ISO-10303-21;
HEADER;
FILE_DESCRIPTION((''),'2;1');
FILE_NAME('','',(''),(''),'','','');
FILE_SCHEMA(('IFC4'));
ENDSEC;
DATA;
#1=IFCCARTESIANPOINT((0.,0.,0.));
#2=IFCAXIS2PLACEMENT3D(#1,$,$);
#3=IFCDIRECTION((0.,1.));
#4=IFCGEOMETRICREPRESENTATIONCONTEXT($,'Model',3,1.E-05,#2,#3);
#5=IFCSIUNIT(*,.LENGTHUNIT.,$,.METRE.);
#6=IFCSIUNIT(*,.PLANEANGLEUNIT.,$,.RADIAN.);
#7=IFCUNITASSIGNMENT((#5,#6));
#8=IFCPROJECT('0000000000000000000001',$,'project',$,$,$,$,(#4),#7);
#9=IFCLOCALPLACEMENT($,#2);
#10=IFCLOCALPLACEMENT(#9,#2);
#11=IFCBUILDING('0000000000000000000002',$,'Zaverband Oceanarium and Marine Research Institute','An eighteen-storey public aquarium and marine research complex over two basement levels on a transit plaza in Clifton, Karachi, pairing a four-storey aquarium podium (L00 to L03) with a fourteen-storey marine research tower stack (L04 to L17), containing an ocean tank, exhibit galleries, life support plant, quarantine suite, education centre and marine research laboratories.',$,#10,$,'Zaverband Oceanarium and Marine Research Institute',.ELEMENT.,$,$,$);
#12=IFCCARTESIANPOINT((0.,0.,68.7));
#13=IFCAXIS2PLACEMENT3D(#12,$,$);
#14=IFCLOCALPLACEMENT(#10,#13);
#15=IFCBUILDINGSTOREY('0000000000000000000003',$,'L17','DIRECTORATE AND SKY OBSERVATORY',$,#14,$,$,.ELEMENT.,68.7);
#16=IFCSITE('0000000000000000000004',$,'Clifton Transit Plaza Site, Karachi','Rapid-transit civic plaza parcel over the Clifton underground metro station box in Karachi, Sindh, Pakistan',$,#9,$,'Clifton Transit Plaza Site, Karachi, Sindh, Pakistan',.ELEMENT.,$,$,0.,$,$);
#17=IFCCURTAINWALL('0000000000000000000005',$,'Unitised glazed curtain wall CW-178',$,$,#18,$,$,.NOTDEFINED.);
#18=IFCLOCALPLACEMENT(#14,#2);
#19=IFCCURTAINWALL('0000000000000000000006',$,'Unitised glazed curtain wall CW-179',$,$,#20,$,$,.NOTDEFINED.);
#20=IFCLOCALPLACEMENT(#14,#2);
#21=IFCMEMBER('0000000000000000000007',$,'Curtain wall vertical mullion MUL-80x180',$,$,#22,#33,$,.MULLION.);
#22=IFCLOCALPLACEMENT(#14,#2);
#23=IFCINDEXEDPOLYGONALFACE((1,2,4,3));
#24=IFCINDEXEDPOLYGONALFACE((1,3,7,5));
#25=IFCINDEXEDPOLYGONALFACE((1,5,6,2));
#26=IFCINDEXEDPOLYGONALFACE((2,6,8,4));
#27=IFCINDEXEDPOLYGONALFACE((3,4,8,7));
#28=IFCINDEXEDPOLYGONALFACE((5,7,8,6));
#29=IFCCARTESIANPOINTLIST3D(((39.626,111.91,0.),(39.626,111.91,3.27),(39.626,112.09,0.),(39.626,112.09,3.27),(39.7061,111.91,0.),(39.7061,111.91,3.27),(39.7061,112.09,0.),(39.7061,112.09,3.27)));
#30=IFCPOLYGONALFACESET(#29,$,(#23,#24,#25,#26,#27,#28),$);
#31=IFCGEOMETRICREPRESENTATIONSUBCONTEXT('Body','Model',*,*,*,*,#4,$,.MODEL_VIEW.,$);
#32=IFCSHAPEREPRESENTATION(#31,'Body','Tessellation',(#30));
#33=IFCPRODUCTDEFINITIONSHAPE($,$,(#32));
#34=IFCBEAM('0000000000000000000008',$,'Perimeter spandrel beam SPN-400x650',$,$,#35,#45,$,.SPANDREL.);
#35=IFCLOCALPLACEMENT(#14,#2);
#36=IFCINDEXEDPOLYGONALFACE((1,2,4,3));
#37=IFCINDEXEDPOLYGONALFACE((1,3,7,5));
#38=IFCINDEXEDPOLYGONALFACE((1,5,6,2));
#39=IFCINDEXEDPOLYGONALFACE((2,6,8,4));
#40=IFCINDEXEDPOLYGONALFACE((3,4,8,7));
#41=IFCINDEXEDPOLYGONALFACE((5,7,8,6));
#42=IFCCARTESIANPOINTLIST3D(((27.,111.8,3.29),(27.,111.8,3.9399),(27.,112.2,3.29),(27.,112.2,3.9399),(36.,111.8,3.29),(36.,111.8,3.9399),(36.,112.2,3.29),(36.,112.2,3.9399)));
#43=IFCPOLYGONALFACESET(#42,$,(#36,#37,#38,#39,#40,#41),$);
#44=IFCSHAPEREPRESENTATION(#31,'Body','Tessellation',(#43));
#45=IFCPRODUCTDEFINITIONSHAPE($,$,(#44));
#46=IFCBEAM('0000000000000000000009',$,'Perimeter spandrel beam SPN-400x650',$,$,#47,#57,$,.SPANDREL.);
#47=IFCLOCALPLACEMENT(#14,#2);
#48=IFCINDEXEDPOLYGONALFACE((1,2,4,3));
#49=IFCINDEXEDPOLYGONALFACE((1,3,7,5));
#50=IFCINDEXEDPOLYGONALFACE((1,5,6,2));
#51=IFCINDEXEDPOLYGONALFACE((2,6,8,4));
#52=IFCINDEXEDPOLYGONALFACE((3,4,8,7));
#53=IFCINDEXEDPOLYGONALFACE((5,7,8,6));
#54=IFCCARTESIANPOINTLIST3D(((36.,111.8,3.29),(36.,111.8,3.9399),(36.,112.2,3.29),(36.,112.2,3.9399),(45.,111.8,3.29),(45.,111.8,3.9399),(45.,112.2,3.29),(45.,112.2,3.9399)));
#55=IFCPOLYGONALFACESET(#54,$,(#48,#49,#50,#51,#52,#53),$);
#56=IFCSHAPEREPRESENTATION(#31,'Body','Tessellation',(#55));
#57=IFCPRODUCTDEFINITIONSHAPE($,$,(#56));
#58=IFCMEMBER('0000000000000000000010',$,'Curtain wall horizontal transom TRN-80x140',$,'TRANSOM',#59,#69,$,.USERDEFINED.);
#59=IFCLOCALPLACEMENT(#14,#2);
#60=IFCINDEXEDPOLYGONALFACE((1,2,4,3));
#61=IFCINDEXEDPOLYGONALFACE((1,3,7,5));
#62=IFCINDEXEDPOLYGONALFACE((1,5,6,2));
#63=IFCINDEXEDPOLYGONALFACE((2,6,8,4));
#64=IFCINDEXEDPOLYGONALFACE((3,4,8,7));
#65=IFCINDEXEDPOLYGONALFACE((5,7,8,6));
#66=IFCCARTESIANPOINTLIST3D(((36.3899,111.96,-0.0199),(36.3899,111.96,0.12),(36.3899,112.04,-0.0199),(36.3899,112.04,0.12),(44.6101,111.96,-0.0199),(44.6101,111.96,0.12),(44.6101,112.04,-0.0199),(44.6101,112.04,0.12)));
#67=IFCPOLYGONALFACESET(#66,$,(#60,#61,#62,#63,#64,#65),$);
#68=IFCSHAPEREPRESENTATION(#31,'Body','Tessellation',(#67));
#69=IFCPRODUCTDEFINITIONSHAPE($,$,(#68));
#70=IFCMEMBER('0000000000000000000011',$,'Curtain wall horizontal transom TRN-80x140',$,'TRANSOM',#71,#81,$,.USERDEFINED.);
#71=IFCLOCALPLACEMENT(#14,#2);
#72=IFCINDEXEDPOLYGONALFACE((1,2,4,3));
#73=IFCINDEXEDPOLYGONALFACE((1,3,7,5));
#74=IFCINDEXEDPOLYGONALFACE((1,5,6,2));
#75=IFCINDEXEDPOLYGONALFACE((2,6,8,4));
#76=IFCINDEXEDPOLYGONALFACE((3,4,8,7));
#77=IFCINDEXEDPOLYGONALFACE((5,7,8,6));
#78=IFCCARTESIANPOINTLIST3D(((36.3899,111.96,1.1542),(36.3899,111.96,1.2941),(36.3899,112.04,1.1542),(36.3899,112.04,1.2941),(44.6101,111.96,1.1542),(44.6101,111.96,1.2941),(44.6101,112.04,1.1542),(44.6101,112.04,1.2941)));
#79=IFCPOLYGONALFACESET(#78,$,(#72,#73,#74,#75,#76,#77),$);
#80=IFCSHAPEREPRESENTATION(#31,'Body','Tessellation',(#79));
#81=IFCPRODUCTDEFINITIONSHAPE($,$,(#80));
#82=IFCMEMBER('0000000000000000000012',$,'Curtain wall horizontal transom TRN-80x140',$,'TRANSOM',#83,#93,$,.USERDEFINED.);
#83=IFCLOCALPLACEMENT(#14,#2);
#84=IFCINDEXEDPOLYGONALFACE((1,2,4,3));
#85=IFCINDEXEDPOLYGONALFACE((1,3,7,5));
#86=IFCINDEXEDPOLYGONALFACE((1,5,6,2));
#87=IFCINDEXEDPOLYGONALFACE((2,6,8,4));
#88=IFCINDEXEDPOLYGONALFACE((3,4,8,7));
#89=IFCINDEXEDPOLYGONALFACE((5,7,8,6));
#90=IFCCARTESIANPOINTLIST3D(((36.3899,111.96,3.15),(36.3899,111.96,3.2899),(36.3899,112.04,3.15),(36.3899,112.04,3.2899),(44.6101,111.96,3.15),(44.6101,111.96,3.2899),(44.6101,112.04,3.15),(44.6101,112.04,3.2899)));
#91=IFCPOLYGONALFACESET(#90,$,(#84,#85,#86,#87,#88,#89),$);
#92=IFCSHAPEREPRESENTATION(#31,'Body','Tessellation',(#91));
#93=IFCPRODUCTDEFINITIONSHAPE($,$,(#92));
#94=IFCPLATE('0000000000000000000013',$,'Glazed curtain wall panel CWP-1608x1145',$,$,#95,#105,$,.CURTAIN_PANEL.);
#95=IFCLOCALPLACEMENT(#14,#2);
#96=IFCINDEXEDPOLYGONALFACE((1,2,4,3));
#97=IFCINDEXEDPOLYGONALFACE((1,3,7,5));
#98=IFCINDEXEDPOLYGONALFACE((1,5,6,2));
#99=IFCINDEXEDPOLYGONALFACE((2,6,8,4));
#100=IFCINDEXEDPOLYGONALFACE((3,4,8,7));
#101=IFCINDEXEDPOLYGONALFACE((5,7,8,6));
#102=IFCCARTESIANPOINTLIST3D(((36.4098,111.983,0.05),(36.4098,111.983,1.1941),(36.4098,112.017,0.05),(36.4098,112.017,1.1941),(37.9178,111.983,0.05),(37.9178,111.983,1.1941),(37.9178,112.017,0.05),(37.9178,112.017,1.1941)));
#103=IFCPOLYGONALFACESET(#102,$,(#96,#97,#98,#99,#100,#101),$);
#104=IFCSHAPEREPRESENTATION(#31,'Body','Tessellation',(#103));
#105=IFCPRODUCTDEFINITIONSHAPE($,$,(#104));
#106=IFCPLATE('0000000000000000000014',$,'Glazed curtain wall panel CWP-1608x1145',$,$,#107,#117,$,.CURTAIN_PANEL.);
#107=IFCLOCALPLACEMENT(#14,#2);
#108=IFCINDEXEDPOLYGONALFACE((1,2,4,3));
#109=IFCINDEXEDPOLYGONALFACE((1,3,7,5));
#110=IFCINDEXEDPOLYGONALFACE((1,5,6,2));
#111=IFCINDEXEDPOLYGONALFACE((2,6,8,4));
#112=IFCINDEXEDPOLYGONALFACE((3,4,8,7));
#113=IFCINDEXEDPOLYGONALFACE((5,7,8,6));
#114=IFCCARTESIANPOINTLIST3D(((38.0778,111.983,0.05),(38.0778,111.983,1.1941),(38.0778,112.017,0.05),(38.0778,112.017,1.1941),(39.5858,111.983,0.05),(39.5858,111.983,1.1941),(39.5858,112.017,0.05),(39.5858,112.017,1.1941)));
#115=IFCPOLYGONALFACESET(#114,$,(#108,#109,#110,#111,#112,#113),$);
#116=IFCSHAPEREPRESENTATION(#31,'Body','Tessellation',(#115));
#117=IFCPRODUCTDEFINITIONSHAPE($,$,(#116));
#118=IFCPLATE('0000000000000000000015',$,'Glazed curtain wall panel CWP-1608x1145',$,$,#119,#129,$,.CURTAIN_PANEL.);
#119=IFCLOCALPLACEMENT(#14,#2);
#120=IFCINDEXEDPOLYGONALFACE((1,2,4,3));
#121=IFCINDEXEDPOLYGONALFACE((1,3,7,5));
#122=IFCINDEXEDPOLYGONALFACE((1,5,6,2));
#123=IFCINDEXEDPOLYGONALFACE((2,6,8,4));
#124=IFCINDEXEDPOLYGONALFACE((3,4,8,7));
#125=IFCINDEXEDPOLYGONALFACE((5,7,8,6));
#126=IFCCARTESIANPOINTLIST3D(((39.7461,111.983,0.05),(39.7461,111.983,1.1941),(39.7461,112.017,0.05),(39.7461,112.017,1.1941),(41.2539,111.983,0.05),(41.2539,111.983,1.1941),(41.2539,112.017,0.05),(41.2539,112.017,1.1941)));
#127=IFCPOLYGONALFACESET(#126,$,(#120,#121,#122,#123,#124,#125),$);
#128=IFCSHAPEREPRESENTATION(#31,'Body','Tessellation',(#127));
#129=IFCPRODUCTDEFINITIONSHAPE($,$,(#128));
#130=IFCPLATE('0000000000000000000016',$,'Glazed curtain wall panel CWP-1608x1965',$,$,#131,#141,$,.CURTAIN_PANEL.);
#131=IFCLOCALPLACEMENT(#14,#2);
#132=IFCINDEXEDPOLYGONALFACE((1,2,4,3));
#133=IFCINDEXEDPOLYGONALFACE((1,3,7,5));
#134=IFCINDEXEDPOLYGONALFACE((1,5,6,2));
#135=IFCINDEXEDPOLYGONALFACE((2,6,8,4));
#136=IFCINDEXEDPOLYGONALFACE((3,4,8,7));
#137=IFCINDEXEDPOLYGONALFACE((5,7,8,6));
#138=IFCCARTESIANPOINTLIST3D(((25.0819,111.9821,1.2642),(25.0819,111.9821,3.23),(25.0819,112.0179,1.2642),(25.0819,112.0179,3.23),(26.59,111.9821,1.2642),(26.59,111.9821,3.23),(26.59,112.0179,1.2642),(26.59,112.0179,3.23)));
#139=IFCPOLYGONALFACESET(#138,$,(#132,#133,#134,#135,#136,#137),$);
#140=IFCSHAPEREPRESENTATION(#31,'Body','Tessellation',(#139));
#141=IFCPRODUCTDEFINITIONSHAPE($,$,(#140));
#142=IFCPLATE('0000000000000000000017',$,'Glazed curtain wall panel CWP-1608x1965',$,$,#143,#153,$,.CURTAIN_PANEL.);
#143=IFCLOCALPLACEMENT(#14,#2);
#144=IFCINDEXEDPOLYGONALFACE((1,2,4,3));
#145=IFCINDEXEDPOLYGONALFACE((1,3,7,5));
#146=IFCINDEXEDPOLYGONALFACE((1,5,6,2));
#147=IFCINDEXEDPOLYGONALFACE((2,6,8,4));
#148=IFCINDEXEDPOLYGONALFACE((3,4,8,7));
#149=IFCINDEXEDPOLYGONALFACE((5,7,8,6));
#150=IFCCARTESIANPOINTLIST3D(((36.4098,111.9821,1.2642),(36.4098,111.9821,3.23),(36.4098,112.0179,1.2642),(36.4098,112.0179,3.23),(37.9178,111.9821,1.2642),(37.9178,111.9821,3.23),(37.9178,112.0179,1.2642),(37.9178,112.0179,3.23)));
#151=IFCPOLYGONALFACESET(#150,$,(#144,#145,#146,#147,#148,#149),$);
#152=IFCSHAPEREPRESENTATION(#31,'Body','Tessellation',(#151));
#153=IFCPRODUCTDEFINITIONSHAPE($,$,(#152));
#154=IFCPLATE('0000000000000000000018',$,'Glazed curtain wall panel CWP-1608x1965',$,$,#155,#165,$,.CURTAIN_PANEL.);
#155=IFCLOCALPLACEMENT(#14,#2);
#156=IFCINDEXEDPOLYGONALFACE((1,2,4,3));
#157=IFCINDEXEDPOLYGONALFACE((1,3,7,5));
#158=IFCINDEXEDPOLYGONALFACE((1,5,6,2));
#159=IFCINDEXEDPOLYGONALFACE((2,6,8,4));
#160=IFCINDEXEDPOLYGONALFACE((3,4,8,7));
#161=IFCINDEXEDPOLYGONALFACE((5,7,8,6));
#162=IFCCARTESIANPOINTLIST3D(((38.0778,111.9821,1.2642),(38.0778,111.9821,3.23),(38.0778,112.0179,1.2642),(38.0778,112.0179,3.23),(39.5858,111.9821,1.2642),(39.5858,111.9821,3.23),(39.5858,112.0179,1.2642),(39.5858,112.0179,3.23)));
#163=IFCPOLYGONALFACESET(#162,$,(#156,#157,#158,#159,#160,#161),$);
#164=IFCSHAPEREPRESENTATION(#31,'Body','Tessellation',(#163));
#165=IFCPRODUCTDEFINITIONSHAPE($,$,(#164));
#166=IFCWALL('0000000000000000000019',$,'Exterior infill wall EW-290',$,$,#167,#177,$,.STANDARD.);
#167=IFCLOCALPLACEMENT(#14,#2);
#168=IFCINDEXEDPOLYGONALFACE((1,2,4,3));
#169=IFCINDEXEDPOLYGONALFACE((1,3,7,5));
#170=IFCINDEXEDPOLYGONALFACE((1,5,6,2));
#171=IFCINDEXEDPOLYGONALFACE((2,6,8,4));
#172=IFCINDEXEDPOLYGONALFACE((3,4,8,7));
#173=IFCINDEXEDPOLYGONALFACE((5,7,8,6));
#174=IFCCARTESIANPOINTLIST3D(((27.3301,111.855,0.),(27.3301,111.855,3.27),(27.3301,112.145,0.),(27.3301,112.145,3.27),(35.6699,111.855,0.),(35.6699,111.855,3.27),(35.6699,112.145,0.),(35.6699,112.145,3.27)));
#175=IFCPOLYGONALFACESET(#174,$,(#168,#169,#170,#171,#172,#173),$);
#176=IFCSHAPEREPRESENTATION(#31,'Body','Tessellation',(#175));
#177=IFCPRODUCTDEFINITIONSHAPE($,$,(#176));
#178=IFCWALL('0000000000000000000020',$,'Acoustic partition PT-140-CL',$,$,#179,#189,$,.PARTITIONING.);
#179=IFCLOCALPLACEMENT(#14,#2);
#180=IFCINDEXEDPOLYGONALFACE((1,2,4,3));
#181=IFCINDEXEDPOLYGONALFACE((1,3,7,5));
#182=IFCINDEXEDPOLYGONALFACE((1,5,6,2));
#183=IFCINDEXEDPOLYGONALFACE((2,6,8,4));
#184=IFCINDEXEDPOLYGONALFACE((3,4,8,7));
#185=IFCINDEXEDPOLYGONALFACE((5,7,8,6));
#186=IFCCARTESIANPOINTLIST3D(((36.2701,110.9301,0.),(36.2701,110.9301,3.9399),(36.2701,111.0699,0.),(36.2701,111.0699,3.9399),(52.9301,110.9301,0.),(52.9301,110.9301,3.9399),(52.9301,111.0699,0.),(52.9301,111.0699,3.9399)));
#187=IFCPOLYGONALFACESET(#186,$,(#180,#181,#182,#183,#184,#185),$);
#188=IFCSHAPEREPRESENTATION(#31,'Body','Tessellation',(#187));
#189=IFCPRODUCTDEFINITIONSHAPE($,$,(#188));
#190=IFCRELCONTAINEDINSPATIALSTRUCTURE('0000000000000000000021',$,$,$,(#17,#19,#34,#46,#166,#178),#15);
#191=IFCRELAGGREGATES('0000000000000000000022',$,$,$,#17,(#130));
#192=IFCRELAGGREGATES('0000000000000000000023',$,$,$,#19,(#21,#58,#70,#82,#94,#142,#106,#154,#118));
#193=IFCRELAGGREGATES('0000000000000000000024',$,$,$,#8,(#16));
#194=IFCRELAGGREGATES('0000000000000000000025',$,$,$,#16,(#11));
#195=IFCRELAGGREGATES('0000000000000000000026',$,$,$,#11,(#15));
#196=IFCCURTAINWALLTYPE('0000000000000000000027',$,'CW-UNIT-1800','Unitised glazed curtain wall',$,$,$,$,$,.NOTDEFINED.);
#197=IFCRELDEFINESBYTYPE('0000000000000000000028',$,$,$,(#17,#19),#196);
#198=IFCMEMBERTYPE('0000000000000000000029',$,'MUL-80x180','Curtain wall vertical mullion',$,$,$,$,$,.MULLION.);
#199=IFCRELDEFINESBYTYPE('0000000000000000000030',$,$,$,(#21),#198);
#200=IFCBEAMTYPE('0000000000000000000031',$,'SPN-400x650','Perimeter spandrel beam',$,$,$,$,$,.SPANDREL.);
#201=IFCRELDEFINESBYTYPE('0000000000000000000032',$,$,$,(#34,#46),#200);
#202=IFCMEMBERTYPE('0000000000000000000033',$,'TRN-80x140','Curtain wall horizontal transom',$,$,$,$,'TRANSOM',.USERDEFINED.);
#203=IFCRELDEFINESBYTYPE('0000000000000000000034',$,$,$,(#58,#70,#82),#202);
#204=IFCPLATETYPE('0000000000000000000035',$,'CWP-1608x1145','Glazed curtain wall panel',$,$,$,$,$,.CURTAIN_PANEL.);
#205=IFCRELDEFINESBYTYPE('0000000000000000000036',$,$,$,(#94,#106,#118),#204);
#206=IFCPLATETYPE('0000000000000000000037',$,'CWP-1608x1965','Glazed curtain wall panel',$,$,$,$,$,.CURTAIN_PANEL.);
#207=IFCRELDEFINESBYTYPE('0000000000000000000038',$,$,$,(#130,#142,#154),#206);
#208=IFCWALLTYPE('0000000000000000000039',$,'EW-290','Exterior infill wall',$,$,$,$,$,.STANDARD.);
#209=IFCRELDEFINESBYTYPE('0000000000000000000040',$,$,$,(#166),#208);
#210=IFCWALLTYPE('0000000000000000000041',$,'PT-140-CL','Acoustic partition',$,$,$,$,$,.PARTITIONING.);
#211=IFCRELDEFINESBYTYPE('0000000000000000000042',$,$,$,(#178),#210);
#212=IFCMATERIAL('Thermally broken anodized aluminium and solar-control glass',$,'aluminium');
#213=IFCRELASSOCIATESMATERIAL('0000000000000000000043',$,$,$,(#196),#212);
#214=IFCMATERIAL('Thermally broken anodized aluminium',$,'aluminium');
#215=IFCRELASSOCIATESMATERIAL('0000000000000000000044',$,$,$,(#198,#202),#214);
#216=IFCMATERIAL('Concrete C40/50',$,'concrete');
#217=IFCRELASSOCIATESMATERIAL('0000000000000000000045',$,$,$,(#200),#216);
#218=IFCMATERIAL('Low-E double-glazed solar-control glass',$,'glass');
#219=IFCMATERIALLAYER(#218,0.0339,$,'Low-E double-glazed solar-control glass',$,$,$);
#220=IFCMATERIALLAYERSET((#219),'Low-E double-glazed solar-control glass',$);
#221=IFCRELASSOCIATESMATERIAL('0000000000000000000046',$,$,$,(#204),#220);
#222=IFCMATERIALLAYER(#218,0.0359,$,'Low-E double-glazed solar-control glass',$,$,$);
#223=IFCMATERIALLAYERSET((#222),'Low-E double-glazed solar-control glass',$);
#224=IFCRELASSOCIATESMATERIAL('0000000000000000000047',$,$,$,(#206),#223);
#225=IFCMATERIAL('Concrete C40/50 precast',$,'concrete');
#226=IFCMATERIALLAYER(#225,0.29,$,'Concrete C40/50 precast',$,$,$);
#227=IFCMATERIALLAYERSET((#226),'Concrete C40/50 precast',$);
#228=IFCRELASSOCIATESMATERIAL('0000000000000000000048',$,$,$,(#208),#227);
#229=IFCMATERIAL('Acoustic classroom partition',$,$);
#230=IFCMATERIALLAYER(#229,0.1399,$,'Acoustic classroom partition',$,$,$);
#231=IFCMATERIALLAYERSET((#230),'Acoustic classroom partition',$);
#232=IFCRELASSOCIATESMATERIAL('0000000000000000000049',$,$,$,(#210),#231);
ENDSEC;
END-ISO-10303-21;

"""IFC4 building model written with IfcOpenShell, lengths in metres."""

from ifc_helpers import new_model, si_unit, direction, frame, frame_2d, origin, origin_2d, place, context, subcontext, project, spatial, rectangle, extrude, material, layer, layer_set, material_profile, profile_set, type_object, element, aggregate, save


model = new_model("IFC4")

# Units and contexts
model_context = context("Model", 3, precision=1e-05, world=origin(), true_north=direction((0.0, 1.0)))
body_context = subcontext(model_context, "Body", "Model", "MODEL_VIEW")
ifc_project = project(units=[si_unit("LENGTHUNIT", "METRE"), si_unit("PLANEANGLEUNIT", "RADIAN")], contexts=[model_context])

# Site, building, storey
site_placement = place(None, origin())
site = spatial("IfcSite", under=ifc_project, at=site_placement, Name="Clifton Transit Plaza Site, Karachi", Description="Rapid-transit civic plaza parcel over the Clifton underground metro station box in Karachi, Sindh, Pakistan", LongName="Clifton Transit Plaza Site, Karachi, Sindh, Pakistan", CompositionType="ELEMENT", RefElevation=0.0)
building_placement = place(site_placement, origin())
building = spatial("IfcBuilding", under=site, at=building_placement, Name="Zaverband Oceanarium and Marine Research Institute", Description="An eighteen-storey public aquarium and marine research complex over two basement levels on a transit plaza in Clifton, Karachi, pairing a four-storey aquarium podium (L00 to L03) with a fourteen-storey marine research tower stack (L04 to L17), containing an ocean tank, exhibit galleries, life support plant, quarantine suite, education centre and marine research laboratories.", LongName="Zaverband Oceanarium and Marine Research Institute", CompositionType="ELEMENT")
storey_placement = place(building_placement, frame((0.0, 0.0, 68.7)))
storey = spatial("IfcBuildingStorey", under=building, at=storey_placement, Name="L17", Description="DIRECTORATE AND SKY OBSERVATORY", CompositionType="ELEMENT", Elevation=68.7)

# Shared definitions
ifc_material_1 = material(Name="Concrete C40/50", Category="concrete")

# Curtain wall
ifc_material_2 = material(Name="Thermally broken anodized aluminium and solar-control glass", Category="aluminium")
curtain_wall_type = type_object("IfcCurtainWallType", Name="CW-UNIT-1800", Description="Unitised glazed curtain wall", PredefinedType="NOTDEFINED", material=ifc_material_2)
curtain_wall_1_placement = place(storey_placement, origin())
curtain_wall_1 = element("IfcCurtainWall", 1, at=curtain_wall_1_placement, inside=storey, type_object=curtain_wall_type, Name="Unitised glazed curtain wall CW-178", PredefinedType="NOTDEFINED")
ifc_material_3 = material(Name="Thermally broken anodized aluminium", Category="aluminium")
ifc_material_profile_1 = material_profile(ifc_material_3, rectangle(XDim=0.0801, YDim=0.1799, at=origin_2d()), Name="AL-MUL-80x180")
ifc_profile_set_1 = profile_set([ifc_material_profile_1], Name="Thermally broken anodized aluminium")
member_type_1 = type_object("IfcMemberType", Name="MUL-80x180", Description="Curtain wall vertical mullion", PredefinedType="MULLION", material=ifc_profile_set_1)

# Curtain wall, member
curtain_wall_2_placement = place(storey_placement, origin())
curtain_wall_2 = element("IfcCurtainWall", 2, at=curtain_wall_2_placement, inside=storey, type_object=curtain_wall_type, Name="Unitised glazed curtain wall CW-179", PredefinedType="NOTDEFINED")
member_1_placement = place(storey_placement, frame((39.666, 112.0, 0.0), z_axis=(0.0, 0.0, 1.0), x_axis=(1.0, 0.0, 0.0)))
member_1 = element("IfcMember", 3, at=member_1_placement, type_object=member_type_1, Name="Curtain wall vertical mullion MUL-80x180", PredefinedType="MULLION", context=body_context, shape_type="SweptSolid", body=[
    extrude(rectangle(XDim=0.0801, YDim=0.1799, at=origin_2d()), origin(), (0.0, 0.0, 1.0), 3.27),
])

# Beams
ifc_material_profile_2 = material_profile(ifc_material_1, rectangle(XDim=0.3999, YDim=0.6499, at=origin_2d()), Name="RC400x650")
ifc_profile_set_2 = profile_set([ifc_material_profile_2], Name="Concrete C40/50")
beam_type_1 = type_object("IfcBeamType", Name="SPN-400x650", Description="Perimeter spandrel beam", PredefinedType="SPANDREL", material=ifc_profile_set_2)
for number, where, z_axis, x_axis, name in (
    (4, (27.0, 112.0, 3.615), (1.0, 0.0, 0.0), (0.0, 1.0, 0.0), "Perimeter spandrel beam SPN-400x650"),
    (5, (36.0, 112.0, 3.615), (1.0, 0.0, 0.0), (0.0, 1.0, 0.0), "Perimeter spandrel beam SPN-400x650"),
):
    element("IfcBeam", number, at=place(storey_placement, frame(where, z_axis=z_axis, x_axis=x_axis)), inside=storey, type_object=beam_type_1, Name=name, PredefinedType="SPANDREL", context=body_context, shape_type="SweptSolid", body=[
        extrude(rectangle(XDim=0.3999, YDim=0.6499, at=origin_2d()), origin(), (0.0, 0.0, 1.0), 9.0),
    ])

# Members
ifc_material_profile_3 = material_profile(ifc_material_3, rectangle(XDim=0.0801, YDim=0.1399, at=origin_2d()), Name="AL-TRN-80x140")
ifc_profile_set_3 = profile_set([ifc_material_profile_3], Name="Thermally broken anodized aluminium")
member_type_2 = type_object("IfcMemberType", Name="TRN-80x140", Description="Curtain wall horizontal transom", ElementType="TRANSOM", PredefinedType="USERDEFINED", material=ifc_profile_set_3)
member_2_placement = place(storey_placement, frame((36.3899, 112.0, 0.05), z_axis=(1.0, 0.0, 0.0), x_axis=(0.0, 1.0, 0.0)))
member_2 = element("IfcMember", 6, at=member_2_placement, type_object=member_type_2, Name="Curtain wall horizontal transom TRN-80x140", ObjectType="TRANSOM", PredefinedType="USERDEFINED", context=body_context, shape_type="SweptSolid", body=[
    extrude(rectangle(XDim=0.0801, YDim=0.1399, at=origin_2d()), origin(), (0.0, 0.0, 1.0), 8.2202),
])
member_3_placement = place(storey_placement, frame((36.3899, 112.0, 1.2241), z_axis=(1.0, 0.0, 0.0), x_axis=(0.0, 1.0, 0.0)))
member_3 = element("IfcMember", 7, at=member_3_placement, type_object=member_type_2, Name="Curtain wall horizontal transom TRN-80x140", ObjectType="TRANSOM", PredefinedType="USERDEFINED", context=body_context, shape_type="SweptSolid", body=[
    extrude(rectangle(XDim=0.0801, YDim=0.1399, at=origin_2d()), origin(), (0.0, 0.0, 1.0), 8.2202),
])
member_4_placement = place(storey_placement, frame((36.3899, 112.0, 3.22), z_axis=(1.0, 0.0, 0.0), x_axis=(0.0, 1.0, 0.0)))
member_4 = element("IfcMember", 8, at=member_4_placement, type_object=member_type_2, Name="Curtain wall horizontal transom TRN-80x140", ObjectType="TRANSOM", PredefinedType="USERDEFINED", context=body_context, shape_type="SweptSolid", body=[
    extrude(rectangle(XDim=0.0801, YDim=0.1399, at=origin_2d()), origin(), (0.0, 0.0, 1.0), 8.2202),
])

# Plates
ifc_material_4 = material(Name="Low-E double-glazed solar-control glass", Category="glass")
ifc_layer_1 = layer(ifc_material_4, 0.0339, Name="Low-E double-glazed solar-control glass")
ifc_layer_set_1 = layer_set([ifc_layer_1], Name="Low-E double-glazed solar-control glass")
plate_type_1 = type_object("IfcPlateType", Name="CWP-1608x1145", Description="Glazed curtain wall panel", PredefinedType="CURTAIN_PANEL", material=ifc_layer_set_1)
plate_1_placement = place(storey_placement, frame((36.4099, 112.0, 0.05), z_axis=(0.0, 0.0, 1.0), x_axis=(1.0, 0.0, 0.0)))
plate_1 = element("IfcPlate", 9, at=plate_1_placement, type_object=plate_type_1, Name="Glazed curtain wall panel CWP-1608x1145", PredefinedType="CURTAIN_PANEL", context=body_context, shape_type="SweptSolid", body=[
    extrude(rectangle(XDim=1.5081, YDim=0.0339, at=frame_2d((0.7539, 0.0))), origin(), (0.0, 0.0, 1.0), 1.144),
])
plate_2_placement = place(storey_placement, frame((38.0779, 112.0, 0.05), z_axis=(0.0, 0.0, 1.0), x_axis=(1.0, 0.0, 0.0)))
plate_2 = element("IfcPlate", 10, at=plate_2_placement, type_object=plate_type_1, Name="Glazed curtain wall panel CWP-1608x1145", PredefinedType="CURTAIN_PANEL", context=body_context, shape_type="SweptSolid", body=[
    extrude(rectangle(XDim=1.5081, YDim=0.0339, at=frame_2d((0.7539, 0.0))), origin(), (0.0, 0.0, 1.0), 1.144),
])
plate_3_placement = place(storey_placement, frame((39.7461, 112.0, 0.05), z_axis=(0.0, 0.0, 1.0), x_axis=(1.0, 0.0, 0.0)))
plate_3 = element("IfcPlate", 11, at=plate_3_placement, type_object=plate_type_1, Name="Glazed curtain wall panel CWP-1608x1145", PredefinedType="CURTAIN_PANEL", context=body_context, shape_type="SweptSolid", body=[
    extrude(rectangle(XDim=1.5078, YDim=0.0339, at=frame_2d((0.7539, 0.0))), origin(), (0.0, 0.0, 1.0), 1.144),
])
ifc_layer_2 = layer(ifc_material_4, 0.0359, Name="Low-E double-glazed solar-control glass")
ifc_layer_set_2 = layer_set([ifc_layer_2], Name="Low-E double-glazed solar-control glass")
plate_type_2 = type_object("IfcPlateType", Name="CWP-1608x1965", Description="Glazed curtain wall panel", PredefinedType="CURTAIN_PANEL", material=ifc_layer_set_2)
plate_4_placement = place(storey_placement, frame((25.082, 112.0, 1.2642), z_axis=(0.0, 0.0, 1.0), x_axis=(1.0, 0.0, 0.0)))
plate_4 = element("IfcPlate", 12, at=plate_4_placement, type_object=plate_type_2, Name="Glazed curtain wall panel CWP-1608x1965", PredefinedType="CURTAIN_PANEL", context=body_context, shape_type="SweptSolid", body=[
    extrude(rectangle(XDim=1.5081, YDim=0.0359, at=frame_2d((0.7539, 0.0))), origin(), (0.0, 0.0, 1.0), 1.9658),
])
aggregate(curtain_wall_1, [plate_4])
plate_5_placement = place(storey_placement, frame((36.4099, 112.0, 1.2642), z_axis=(0.0, 0.0, 1.0), x_axis=(1.0, 0.0, 0.0)))
plate_5 = element("IfcPlate", 13, at=plate_5_placement, type_object=plate_type_2, Name="Glazed curtain wall panel CWP-1608x1965", PredefinedType="CURTAIN_PANEL", context=body_context, shape_type="SweptSolid", body=[
    extrude(rectangle(XDim=1.5081, YDim=0.0359, at=frame_2d((0.7539, 0.0))), origin(), (0.0, 0.0, 1.0), 1.9658),
])
plate_6_placement = place(storey_placement, frame((38.0779, 112.0, 1.2642), z_axis=(0.0, 0.0, 1.0), x_axis=(1.0, 0.0, 0.0)))
plate_6 = element("IfcPlate", 14, at=plate_6_placement, type_object=plate_type_2, Name="Glazed curtain wall panel CWP-1608x1965", PredefinedType="CURTAIN_PANEL", context=body_context, shape_type="SweptSolid", body=[
    extrude(rectangle(XDim=1.5081, YDim=0.0359, at=frame_2d((0.7539, 0.0))), origin(), (0.0, 0.0, 1.0), 1.9658),
])
aggregate(curtain_wall_2, [member_1, member_2, member_3, member_4, plate_1, plate_5, plate_2, plate_6, plate_3])

# Walls
ifc_material_5 = material(Name="Concrete C40/50 precast", Category="concrete")
ifc_layer_3 = layer(ifc_material_5, 0.29, Name="Concrete C40/50 precast")
ifc_layer_set_3 = layer_set([ifc_layer_3], Name="Concrete C40/50 precast")
wall_type_1 = type_object("IfcWallType", Name="EW-290", Description="Exterior infill wall", PredefinedType="STANDARD", material=ifc_layer_set_3)
wall_1_placement = place(storey_placement, frame((27.3301, 112.0, 0.0), z_axis=(0.0, 0.0, 1.0), x_axis=(1.0, 0.0, 0.0)))
element("IfcWall", 15, at=wall_1_placement, inside=storey, type_object=wall_type_1, Name="Exterior infill wall EW-290", PredefinedType="STANDARD", context=body_context, shape_type="SweptSolid", body=[
    extrude(rectangle(XDim=8.3398, YDim=0.29, at=frame_2d((4.1699, 0.0))), origin(), (0.0, 0.0, 1.0), 3.27),
])
ifc_material_6 = material(Name="Acoustic classroom partition")
ifc_layer_4 = layer(ifc_material_6, 0.1399, Name="Acoustic classroom partition")
ifc_layer_set_4 = layer_set([ifc_layer_4], Name="Acoustic classroom partition")
wall_type_2 = type_object("IfcWallType", Name="PT-140-CL", Description="Acoustic partition", PredefinedType="PARTITIONING", material=ifc_layer_set_4)
wall_2_placement = place(storey_placement, frame((36.27, 111.0, 0.0), z_axis=(0.0, 0.0, 1.0), x_axis=(1.0, 0.0, 0.0)))
element("IfcWall", 16, at=wall_2_placement, inside=storey, type_object=wall_type_2, Name="Acoustic partition PT-140-CL", PredefinedType="PARTITIONING", context=body_context, shape_type="SweptSolid", body=[
    extrude(rectangle(XDim=16.6599, YDim=0.1399, at=frame_2d((8.3301, 0.0))), origin(), (0.0, 0.0, 1.0), 3.9399),
])

save(model, "model.ifc")
